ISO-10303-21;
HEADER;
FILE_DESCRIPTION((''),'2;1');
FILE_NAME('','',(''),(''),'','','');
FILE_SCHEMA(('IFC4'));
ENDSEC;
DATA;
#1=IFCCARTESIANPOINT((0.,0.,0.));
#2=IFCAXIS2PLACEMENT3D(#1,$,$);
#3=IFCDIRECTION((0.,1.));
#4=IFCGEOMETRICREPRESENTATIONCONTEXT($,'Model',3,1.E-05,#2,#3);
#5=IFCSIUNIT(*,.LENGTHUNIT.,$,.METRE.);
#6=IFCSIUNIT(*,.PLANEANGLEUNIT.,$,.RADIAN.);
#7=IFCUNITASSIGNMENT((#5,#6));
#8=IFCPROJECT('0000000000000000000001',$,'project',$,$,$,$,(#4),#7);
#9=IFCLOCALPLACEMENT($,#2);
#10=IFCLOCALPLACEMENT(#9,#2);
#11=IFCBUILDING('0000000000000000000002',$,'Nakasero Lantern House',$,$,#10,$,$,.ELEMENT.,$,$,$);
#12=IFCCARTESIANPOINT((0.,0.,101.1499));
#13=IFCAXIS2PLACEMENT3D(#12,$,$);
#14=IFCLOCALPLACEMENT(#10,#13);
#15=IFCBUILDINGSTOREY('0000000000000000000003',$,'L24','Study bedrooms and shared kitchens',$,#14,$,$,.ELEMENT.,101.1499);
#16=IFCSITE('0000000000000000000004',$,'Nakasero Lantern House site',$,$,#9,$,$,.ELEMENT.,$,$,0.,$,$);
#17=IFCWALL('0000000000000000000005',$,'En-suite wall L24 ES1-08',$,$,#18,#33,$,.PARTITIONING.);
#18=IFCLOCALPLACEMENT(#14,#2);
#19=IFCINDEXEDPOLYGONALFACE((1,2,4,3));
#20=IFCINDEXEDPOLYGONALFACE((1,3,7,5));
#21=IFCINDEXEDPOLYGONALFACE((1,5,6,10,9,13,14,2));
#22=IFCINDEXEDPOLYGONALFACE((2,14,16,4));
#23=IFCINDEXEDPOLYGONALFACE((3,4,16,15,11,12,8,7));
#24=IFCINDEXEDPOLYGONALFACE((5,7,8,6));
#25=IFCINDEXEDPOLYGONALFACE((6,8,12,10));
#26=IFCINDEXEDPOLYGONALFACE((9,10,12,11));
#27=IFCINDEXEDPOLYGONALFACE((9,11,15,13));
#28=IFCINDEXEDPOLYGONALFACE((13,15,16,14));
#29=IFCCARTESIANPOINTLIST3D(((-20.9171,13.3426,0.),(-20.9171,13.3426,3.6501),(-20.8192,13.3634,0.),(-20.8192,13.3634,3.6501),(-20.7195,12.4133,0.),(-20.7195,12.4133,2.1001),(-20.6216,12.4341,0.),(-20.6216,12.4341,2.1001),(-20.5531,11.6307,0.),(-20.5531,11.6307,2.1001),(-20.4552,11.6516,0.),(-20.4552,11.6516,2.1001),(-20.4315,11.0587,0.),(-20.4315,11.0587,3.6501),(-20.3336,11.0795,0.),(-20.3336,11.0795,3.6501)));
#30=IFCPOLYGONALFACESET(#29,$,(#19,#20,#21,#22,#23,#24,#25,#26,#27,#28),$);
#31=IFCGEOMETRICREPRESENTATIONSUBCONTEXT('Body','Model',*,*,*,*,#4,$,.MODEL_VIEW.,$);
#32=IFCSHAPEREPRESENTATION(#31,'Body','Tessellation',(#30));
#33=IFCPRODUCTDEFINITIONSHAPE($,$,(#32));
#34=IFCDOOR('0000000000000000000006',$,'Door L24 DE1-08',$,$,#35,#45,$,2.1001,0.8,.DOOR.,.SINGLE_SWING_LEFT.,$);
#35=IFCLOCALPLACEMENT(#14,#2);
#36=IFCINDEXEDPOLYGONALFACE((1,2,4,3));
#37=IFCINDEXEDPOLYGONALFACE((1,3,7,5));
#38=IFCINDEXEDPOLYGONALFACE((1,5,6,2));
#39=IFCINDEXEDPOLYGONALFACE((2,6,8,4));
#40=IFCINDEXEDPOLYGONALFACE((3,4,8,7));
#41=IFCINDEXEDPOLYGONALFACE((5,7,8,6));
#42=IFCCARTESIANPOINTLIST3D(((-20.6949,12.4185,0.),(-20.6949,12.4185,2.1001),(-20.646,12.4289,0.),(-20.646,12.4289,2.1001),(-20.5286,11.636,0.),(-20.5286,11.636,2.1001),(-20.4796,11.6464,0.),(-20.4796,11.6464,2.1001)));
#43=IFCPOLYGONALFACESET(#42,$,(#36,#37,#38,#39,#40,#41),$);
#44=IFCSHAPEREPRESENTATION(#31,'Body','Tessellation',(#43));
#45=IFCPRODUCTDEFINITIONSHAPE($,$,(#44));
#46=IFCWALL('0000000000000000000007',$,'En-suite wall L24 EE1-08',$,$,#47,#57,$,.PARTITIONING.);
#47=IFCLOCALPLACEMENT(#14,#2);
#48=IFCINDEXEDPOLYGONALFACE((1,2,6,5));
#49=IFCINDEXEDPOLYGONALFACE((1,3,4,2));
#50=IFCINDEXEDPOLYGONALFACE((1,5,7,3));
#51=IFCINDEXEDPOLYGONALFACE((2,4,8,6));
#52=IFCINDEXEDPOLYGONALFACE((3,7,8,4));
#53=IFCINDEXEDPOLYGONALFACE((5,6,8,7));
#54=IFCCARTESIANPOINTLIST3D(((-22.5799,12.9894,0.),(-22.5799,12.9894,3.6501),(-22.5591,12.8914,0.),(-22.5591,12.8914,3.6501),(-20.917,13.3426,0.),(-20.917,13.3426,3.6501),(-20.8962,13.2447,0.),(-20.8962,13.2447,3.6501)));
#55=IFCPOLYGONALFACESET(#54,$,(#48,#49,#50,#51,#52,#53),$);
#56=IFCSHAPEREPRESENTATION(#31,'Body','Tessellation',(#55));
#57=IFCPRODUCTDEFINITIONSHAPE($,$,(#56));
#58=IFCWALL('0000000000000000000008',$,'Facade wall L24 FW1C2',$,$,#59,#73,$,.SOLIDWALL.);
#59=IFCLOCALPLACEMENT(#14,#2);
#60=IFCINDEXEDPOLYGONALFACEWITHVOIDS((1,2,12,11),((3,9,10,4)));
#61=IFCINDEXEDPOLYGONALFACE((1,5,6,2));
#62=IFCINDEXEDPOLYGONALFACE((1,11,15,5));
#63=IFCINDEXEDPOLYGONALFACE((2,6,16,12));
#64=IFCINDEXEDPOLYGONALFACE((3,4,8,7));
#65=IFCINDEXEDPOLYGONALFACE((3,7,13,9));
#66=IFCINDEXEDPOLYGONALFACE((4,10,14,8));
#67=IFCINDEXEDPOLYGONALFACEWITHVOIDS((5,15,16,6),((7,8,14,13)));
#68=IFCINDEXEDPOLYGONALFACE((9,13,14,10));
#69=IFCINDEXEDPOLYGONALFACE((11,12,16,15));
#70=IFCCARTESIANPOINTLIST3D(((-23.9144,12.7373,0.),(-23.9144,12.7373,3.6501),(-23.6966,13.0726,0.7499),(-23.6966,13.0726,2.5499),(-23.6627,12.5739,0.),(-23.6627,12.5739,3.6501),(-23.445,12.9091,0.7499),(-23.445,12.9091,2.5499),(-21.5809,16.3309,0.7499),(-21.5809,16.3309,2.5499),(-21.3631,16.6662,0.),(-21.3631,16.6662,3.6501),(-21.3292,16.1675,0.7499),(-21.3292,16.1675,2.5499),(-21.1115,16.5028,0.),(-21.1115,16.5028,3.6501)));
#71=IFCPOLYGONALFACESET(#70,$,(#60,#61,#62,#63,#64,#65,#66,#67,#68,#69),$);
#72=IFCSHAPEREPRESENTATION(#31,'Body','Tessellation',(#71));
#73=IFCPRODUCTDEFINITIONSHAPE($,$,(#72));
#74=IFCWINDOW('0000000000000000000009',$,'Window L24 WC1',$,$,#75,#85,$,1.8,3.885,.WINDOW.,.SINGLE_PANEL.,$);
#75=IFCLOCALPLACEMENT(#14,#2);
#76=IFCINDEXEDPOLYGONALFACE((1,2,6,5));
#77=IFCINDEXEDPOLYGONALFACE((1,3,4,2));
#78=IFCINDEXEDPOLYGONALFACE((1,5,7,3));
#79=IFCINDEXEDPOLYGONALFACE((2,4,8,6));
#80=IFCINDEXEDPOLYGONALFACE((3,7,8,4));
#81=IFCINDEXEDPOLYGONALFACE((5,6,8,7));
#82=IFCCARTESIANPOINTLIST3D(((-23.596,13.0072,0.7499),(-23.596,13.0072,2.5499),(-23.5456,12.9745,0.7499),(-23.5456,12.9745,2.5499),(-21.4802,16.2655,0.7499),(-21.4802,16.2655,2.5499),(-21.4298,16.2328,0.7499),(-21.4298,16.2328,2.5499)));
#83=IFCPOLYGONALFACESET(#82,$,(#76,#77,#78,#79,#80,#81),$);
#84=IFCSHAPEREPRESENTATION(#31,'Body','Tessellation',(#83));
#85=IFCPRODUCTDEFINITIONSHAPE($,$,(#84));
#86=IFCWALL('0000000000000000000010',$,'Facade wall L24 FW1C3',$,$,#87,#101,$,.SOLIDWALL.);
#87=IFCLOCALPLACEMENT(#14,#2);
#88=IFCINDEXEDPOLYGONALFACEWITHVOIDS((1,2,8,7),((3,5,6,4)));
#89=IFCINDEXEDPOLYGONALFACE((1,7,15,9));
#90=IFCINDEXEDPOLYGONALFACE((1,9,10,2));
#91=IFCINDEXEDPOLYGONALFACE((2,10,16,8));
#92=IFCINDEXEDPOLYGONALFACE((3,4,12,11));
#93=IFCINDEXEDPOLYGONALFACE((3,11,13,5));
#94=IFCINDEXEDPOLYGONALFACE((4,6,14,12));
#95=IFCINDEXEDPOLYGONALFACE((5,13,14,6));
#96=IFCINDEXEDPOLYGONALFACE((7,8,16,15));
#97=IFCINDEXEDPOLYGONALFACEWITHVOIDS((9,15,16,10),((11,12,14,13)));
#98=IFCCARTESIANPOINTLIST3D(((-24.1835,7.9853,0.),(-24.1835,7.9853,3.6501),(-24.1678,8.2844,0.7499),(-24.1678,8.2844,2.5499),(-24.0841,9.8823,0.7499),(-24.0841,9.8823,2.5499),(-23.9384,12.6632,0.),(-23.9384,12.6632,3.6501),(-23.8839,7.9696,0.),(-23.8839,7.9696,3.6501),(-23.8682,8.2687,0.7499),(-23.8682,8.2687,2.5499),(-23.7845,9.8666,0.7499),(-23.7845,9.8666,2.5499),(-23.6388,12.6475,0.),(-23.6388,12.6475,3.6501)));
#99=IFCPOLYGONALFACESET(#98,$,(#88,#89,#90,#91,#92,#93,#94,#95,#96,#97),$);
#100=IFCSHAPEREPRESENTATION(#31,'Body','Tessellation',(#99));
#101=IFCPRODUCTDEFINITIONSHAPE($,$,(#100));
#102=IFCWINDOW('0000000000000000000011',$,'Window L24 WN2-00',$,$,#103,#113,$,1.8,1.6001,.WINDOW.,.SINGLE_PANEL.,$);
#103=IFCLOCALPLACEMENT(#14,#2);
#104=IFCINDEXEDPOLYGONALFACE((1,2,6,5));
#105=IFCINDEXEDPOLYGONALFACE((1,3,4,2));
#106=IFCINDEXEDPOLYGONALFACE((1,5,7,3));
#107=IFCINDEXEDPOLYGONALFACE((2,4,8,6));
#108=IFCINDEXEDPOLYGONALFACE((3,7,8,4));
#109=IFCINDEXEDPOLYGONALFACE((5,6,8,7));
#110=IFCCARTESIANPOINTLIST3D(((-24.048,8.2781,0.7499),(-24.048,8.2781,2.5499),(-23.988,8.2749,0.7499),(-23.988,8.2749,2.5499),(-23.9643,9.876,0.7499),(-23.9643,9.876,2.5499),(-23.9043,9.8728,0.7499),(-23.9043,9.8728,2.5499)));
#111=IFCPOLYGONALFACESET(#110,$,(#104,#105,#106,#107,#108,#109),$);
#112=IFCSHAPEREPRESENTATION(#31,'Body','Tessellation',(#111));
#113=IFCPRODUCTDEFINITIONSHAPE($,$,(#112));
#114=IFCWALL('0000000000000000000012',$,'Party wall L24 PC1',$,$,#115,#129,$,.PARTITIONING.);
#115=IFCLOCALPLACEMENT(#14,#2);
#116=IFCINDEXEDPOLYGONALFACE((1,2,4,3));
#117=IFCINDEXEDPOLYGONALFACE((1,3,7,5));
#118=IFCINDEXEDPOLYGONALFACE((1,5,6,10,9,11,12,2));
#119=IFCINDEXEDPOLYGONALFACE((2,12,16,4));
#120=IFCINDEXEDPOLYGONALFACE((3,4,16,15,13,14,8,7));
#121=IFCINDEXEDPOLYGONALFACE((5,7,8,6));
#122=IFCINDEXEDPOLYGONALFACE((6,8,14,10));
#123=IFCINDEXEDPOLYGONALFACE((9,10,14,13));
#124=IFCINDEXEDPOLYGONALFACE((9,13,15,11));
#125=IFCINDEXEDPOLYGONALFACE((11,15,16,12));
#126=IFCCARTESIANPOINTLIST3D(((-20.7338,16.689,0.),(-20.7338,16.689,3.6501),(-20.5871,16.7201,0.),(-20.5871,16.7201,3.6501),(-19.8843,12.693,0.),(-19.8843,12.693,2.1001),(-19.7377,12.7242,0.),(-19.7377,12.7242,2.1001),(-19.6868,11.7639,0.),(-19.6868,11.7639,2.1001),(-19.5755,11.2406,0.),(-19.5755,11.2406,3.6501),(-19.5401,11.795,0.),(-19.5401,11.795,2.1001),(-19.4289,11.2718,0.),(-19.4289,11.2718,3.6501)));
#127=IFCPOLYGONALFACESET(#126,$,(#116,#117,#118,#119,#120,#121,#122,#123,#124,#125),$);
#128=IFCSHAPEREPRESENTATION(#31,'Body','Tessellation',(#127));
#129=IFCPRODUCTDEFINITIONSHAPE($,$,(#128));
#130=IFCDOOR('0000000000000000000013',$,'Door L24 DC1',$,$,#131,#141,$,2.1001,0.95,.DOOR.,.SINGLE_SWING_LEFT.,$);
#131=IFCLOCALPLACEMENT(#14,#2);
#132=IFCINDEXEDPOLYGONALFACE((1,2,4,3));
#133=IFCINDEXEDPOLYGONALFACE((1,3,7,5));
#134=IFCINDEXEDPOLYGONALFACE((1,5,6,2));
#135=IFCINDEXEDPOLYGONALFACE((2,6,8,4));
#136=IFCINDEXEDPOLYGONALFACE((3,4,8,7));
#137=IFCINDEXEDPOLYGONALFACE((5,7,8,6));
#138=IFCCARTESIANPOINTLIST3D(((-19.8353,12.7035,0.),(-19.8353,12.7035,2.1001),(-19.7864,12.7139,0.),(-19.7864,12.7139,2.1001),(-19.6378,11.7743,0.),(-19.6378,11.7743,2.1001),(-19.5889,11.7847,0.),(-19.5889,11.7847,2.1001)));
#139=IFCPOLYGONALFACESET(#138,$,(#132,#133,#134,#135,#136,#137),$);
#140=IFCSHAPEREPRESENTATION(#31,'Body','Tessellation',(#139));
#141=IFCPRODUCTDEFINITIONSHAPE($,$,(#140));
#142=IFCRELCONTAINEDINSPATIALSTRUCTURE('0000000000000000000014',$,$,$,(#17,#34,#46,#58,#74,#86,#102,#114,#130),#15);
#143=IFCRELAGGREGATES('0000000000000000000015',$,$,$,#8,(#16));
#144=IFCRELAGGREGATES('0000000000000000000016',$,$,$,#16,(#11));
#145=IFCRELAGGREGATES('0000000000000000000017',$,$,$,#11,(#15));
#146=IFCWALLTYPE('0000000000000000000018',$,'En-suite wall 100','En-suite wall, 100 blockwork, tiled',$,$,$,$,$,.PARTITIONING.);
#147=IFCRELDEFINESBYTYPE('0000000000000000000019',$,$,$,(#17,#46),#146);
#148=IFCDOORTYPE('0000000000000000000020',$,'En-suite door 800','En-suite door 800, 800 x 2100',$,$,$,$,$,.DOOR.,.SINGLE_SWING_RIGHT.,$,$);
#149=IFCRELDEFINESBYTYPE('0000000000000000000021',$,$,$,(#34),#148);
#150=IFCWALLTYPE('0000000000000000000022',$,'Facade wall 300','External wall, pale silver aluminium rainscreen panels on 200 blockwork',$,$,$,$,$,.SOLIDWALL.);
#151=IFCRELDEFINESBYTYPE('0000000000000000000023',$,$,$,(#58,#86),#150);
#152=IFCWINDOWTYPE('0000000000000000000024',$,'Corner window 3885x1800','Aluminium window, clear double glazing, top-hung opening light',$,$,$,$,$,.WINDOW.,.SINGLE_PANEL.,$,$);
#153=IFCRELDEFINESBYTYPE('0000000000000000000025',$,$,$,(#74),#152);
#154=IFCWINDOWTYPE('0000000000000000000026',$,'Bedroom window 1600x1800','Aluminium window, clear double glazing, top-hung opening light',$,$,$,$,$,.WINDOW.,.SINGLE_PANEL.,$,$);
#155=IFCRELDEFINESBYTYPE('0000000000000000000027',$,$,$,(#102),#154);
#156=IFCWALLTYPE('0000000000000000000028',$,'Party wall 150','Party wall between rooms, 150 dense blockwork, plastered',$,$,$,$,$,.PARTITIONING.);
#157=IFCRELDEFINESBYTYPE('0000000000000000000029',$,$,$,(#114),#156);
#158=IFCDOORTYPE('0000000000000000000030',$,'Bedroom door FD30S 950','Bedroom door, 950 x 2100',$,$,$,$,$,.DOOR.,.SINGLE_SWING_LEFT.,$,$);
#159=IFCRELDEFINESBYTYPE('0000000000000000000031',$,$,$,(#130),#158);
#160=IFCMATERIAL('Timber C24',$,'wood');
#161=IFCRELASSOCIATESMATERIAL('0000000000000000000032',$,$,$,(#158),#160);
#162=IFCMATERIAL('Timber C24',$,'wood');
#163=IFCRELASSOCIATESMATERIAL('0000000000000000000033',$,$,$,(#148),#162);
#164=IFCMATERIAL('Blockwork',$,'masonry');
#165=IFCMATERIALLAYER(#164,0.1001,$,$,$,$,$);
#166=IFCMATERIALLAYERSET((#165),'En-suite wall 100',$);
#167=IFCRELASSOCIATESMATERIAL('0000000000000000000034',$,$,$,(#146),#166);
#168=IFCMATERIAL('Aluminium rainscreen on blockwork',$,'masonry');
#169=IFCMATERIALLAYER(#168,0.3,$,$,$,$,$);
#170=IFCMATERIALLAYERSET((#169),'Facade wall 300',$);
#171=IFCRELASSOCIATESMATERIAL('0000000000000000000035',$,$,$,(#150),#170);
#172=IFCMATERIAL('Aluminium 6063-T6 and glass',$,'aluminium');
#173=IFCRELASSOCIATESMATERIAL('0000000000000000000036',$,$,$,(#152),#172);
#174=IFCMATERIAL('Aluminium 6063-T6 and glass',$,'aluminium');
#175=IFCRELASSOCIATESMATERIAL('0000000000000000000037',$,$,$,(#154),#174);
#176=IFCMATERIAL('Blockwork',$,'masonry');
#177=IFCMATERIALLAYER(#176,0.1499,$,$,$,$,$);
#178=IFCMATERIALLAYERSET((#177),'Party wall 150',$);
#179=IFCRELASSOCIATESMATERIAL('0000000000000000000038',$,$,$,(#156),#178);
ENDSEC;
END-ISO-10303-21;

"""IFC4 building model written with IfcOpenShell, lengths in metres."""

from ifc_helpers import new_model, si_unit, direction, frame, frame_2d, origin, place, context, subcontext, project, spatial, rectangle, extrude, material, layer, layer_set, type_object, element, fill, save


model = new_model("IFC4")

# Units and contexts
model_context = context("Model", 3, precision=1e-05, world=origin(), true_north=direction((0.0, 1.0)))
body_context = subcontext(model_context, "Body", "Model", "MODEL_VIEW")
ifc_project = project(units=[si_unit("LENGTHUNIT", "METRE"), si_unit("PLANEANGLEUNIT", "RADIAN")], contexts=[model_context])

# Site, building, storey
site_placement = place(None, origin())
site = spatial("IfcSite", under=ifc_project, at=site_placement, Name="Nakasero Lantern House site", CompositionType="ELEMENT", RefElevation=0.0)
building_placement = place(site_placement, origin())
building = spatial("IfcBuilding", under=site, at=building_placement, Name="Nakasero Lantern House", CompositionType="ELEMENT")
storey_placement = place(building_placement, frame((0.0, 0.0, 101.1499)))
storey = spatial("IfcBuildingStorey", under=building, at=storey_placement, Name="L24", Description="Study bedrooms and shared kitchens", CompositionType="ELEMENT", Elevation=101.1499)

# Shared definitions
ifc_material_1 = material(Name="Timber C24", Category="wood")
door_type_1 = type_object("IfcDoorType", Name="Bedroom door FD30S 950", Description="Bedroom door, 950 x 2100", OperationType="SINGLE_SWING_LEFT", PredefinedType="DOOR", material=ifc_material_1)
ifc_material_2 = material(Name="Timber C24", Category="wood")
door_type_2 = type_object("IfcDoorType", Name="En-suite door 800", Description="En-suite door 800, 800 x 2100", OperationType="SINGLE_SWING_RIGHT", PredefinedType="DOOR", material=ifc_material_2)

# Wall, opening, door
ifc_material_3 = material(Name="Blockwork", Category="masonry")
ifc_layer_1 = layer(ifc_material_3, 0.1001)
ifc_layer_set_1 = layer_set([ifc_layer_1], Name="En-suite wall 100")
wall_type_1 = type_object("IfcWallType", Name="En-suite wall 100", Description="En-suite wall, 100 blockwork, tiled", PredefinedType="PARTITIONING", material=ifc_layer_set_1)
wall_1_placement = place(storey_placement, frame((-20.3826, 11.0691, 0.0), z_axis=(0.0, 0.0, 1.0), x_axis=(-0.207965, 0.978136, 0.0)))
wall_1 = element("IfcWall", 1, at=wall_1_placement, inside=storey, type_object=wall_type_1, Name="En-suite wall L24 ES1-08", PredefinedType="PARTITIONING", context=body_context, shape_type="SweptSolid", body=[
    extrude(rectangle(XDim=2.335, YDim=0.1001, at=frame_2d((1.1675, 0.0))), origin(), (0.0, 0.0, 1.0), 3.6501),
])
opening_1_placement = place(wall_1_placement, frame((0.585, 0.0, 0.0)))
opening_1 = element("IfcOpeningElement", 2, at=opening_1_placement, cuts=wall_1, PredefinedType="OPENING", context=body_context, shape_type="SweptSolid", body=[
    extrude(rectangle(XDim=0.8, YDim=2.1001, at=frame_2d((0.3999, 1.05))), frame((0.0, 0.0701, 0.0), z_axis=(0.0, -1.0, 0.0), x_axis=(1.0, 0.0, 0.0)), (0.0, 0.0, 1.0), 0.1401),
])
door_1_placement = place(opening_1_placement, origin())
door_1 = element("IfcDoor", 3, at=door_1_placement, inside=storey, type_object=door_type_2, Name="Door L24 DE1-08", OperationType="SINGLE_SWING_LEFT", OverallHeight=2.1001, OverallWidth=0.8, PredefinedType="DOOR", context=body_context, shape_type="SweptSolid", body=[
    extrude(rectangle(XDim=0.8, YDim=2.1001, at=frame_2d((0.3999, 1.05))), frame((0.0, 0.0249, 0.0), z_axis=(0.0, -1.0, 0.0), x_axis=(1.0, 0.0, 0.0)), (0.0, 0.0, 1.0), 0.05),
])
fill(opening_1, door_1)

# Wall
wall_2_placement = place(storey_placement, frame((-20.9065, 13.2937, 0.0), z_axis=(0.0, 0.0, 1.0), x_axis=(-0.978169, -0.207812, 0.0)))
element("IfcWall", 4, at=wall_2_placement, inside=storey, type_object=wall_type_1, Name="En-suite wall L24 EE1-08", PredefinedType="PARTITIONING", context=body_context, shape_type="SweptSolid", body=[
    extrude(rectangle(XDim=1.7, YDim=0.1001, at=frame_2d((0.8501, 0.0))), origin(), (0.0, 0.0, 1.0), 3.6501),
])

# Walls, openings, windows
ifc_material_4 = material(Name="Aluminium rainscreen on blockwork", Category="masonry")
ifc_layer_2 = layer(ifc_material_4, 0.3)
ifc_layer_set_2 = layer_set([ifc_layer_2], Name="Facade wall 300")
wall_type_2 = type_object("IfcWallType", Name="Facade wall 300", Description="External wall, pale silver aluminium rainscreen panels on 200 blockwork", PredefinedType="SOLIDWALL", material=ifc_layer_set_2)
wall_3_placement = place(storey_placement, frame((-21.2373, 16.5845, 0.0), z_axis=(0.0, 0.0, 1.0), x_axis=(-0.544605, -0.838692, 0.0)))
wall_3 = element("IfcWall", 5, at=wall_3_placement, inside=storey, type_object=wall_type_2, Name="Facade wall L24 FW1C2", PredefinedType="SOLIDWALL", context=body_context, shape_type="SweptSolid", body=[
    extrude(rectangle(XDim=4.6846, YDim=0.3, at=frame_2d((2.3423, 0.0))), origin(), (0.0, 0.0, 1.0), 3.6501),
])
opening_2_placement = place(wall_3_placement, frame((0.3999, 0.0, 0.75)))
opening_2 = element("IfcOpeningElement", 6, at=opening_2_placement, cuts=wall_3, PredefinedType="OPENING", context=body_context, shape_type="SweptSolid", body=[
    extrude(rectangle(XDim=3.885, YDim=1.8, at=frame_2d((1.9424, 0.8999))), frame((0.0, 0.1699, 0.0), z_axis=(0.0, -1.0, 0.0), x_axis=(1.0, 0.0, 0.0)), (0.0, 0.0, 1.0), 0.3401),
])
ifc_material_5 = material(Name="Aluminium 6063-T6 and glass", Category="aluminium")
window_type_1 = type_object("IfcWindowType", Name="Corner window 3885x1800", Description="Aluminium window, clear double glazing, top-hung opening light", PartitioningType="SINGLE_PANEL", PredefinedType="WINDOW", material=ifc_material_5)
window_1_placement = place(opening_2_placement, origin())
window_1 = element("IfcWindow", 7, at=window_1_placement, inside=storey, type_object=window_type_1, Name="Window L24 WC1", OverallHeight=1.8, OverallWidth=3.885, PartitioningType="SINGLE_PANEL", PredefinedType="WINDOW", context=body_context, shape_type="SweptSolid", body=[
    extrude(rectangle(XDim=3.885, YDim=1.8, at=frame_2d((1.9424, 0.8999))), frame((0.0, 0.03, 0.0), z_axis=(0.0, -1.0, 0.0), x_axis=(1.0, 0.0, 0.0)), (0.0, 0.0, 1.0), 0.0601),
])
fill(opening_2, window_1)
wall_4_placement = place(storey_placement, frame((-23.7886, 12.6555, 0.0), z_axis=(0.0, 0.0, 1.0), x_axis=(-0.052326, -0.99863, 0.0)))
wall_4 = element("IfcWall", 8, at=wall_4_placement, inside=storey, type_object=wall_type_2, Name="Facade wall L24 FW1C3", PredefinedType="SOLIDWALL", context=body_context, shape_type="SweptSolid", body=[
    extrude(rectangle(XDim=4.6843, YDim=0.3, at=frame_2d((2.3423, 0.0))), origin(), (0.0, 0.0, 1.0), 3.6501),
])
opening_3_placement = place(wall_4_placement, frame((2.7849, 0.0, 0.75)))
opening_3 = element("IfcOpeningElement", 9, at=opening_3_placement, cuts=wall_4, PredefinedType="OPENING", context=body_context, shape_type="SweptSolid", body=[
    extrude(rectangle(XDim=1.6001, YDim=1.8, at=frame_2d((0.8, 0.8999))), frame((0.0, 0.1699, 0.0), z_axis=(0.0, -1.0, 0.0), x_axis=(1.0, 0.0, 0.0)), (0.0, 0.0, 1.0), 0.3401),
])
ifc_material_6 = material(Name="Aluminium 6063-T6 and glass", Category="aluminium")
window_type_2 = type_object("IfcWindowType", Name="Bedroom window 1600x1800", Description="Aluminium window, clear double glazing, top-hung opening light", PartitioningType="SINGLE_PANEL", PredefinedType="WINDOW", material=ifc_material_6)
window_2_placement = place(opening_3_placement, origin())
window_2 = element("IfcWindow", 10, at=window_2_placement, inside=storey, type_object=window_type_2, Name="Window L24 WN2-00", OverallHeight=1.8, OverallWidth=1.6001, PartitioningType="SINGLE_PANEL", PredefinedType="WINDOW", context=body_context, shape_type="SweptSolid", body=[
    extrude(rectangle(XDim=1.6001, YDim=1.8, at=frame_2d((0.8, 0.8999))), frame((0.0, 0.03, 0.0), z_axis=(0.0, -1.0, 0.0), x_axis=(1.0, 0.0, 0.0)), (0.0, 0.0, 1.0), 0.0601),
])
fill(opening_3, window_2)

# Wall, opening, door
ifc_material_7 = material(Name="Blockwork", Category="masonry")
ifc_layer_3 = layer(ifc_material_7, 0.1499)
ifc_layer_set_3 = layer_set([ifc_layer_3], Name="Party wall 150")
wall_type_3 = type_object("IfcWallType", Name="Party wall 150", Description="Party wall between rooms, 150 dense blockwork, plastered", PredefinedType="PARTITIONING", material=ifc_layer_set_3)
wall_5_placement = place(storey_placement, frame((-19.5022, 11.2561, 0.0), z_axis=(0.0, 0.0, 1.0), x_axis=(-0.207936, 0.978142, 0.0)))
wall_5 = element("IfcWall", 11, at=wall_5_placement, inside=storey, type_object=wall_type_3, Name="Party wall L24 PC1", PredefinedType="PARTITIONING", context=body_context, shape_type="SweptSolid", body=[
    extrude(rectangle(XDim=5.5701, YDim=0.1499, at=frame_2d((2.7852, 0.0))), origin(), (0.0, 0.0, 1.0), 3.6501),
])
opening_4_placement = place(wall_5_placement, frame((0.5349, 0.0, 0.0)))
opening_4 = element("IfcOpeningElement", 12, at=opening_4_placement, cuts=wall_5, PredefinedType="OPENING", context=body_context, shape_type="SweptSolid", body=[
    extrude(rectangle(XDim=0.95, YDim=2.1001, at=frame_2d((0.4751, 1.05))), frame((0.0, 0.095, 0.0), z_axis=(0.0, -1.0, 0.0), x_axis=(1.0, 0.0, 0.0)), (0.0, 0.0, 1.0), 0.1899),
])
door_2_placement = place(opening_4_placement, origin())
door_2 = element("IfcDoor", 13, at=door_2_placement, inside=storey, type_object=door_type_1, Name="Door L24 DC1", OperationType="SINGLE_SWING_LEFT", OverallHeight=2.1001, OverallWidth=0.95, PredefinedType="DOOR", context=body_context, shape_type="SweptSolid", body=[
    extrude(rectangle(XDim=0.95, YDim=2.1001, at=frame_2d((0.4751, 1.05))), frame((0.0, 0.0249, 0.0), z_axis=(0.0, -1.0, 0.0), x_axis=(1.0, 0.0, 0.0)), (0.0, 0.0, 1.0), 0.05),
])
fill(opening_4, door_2)

save(model, "model.ifc")
